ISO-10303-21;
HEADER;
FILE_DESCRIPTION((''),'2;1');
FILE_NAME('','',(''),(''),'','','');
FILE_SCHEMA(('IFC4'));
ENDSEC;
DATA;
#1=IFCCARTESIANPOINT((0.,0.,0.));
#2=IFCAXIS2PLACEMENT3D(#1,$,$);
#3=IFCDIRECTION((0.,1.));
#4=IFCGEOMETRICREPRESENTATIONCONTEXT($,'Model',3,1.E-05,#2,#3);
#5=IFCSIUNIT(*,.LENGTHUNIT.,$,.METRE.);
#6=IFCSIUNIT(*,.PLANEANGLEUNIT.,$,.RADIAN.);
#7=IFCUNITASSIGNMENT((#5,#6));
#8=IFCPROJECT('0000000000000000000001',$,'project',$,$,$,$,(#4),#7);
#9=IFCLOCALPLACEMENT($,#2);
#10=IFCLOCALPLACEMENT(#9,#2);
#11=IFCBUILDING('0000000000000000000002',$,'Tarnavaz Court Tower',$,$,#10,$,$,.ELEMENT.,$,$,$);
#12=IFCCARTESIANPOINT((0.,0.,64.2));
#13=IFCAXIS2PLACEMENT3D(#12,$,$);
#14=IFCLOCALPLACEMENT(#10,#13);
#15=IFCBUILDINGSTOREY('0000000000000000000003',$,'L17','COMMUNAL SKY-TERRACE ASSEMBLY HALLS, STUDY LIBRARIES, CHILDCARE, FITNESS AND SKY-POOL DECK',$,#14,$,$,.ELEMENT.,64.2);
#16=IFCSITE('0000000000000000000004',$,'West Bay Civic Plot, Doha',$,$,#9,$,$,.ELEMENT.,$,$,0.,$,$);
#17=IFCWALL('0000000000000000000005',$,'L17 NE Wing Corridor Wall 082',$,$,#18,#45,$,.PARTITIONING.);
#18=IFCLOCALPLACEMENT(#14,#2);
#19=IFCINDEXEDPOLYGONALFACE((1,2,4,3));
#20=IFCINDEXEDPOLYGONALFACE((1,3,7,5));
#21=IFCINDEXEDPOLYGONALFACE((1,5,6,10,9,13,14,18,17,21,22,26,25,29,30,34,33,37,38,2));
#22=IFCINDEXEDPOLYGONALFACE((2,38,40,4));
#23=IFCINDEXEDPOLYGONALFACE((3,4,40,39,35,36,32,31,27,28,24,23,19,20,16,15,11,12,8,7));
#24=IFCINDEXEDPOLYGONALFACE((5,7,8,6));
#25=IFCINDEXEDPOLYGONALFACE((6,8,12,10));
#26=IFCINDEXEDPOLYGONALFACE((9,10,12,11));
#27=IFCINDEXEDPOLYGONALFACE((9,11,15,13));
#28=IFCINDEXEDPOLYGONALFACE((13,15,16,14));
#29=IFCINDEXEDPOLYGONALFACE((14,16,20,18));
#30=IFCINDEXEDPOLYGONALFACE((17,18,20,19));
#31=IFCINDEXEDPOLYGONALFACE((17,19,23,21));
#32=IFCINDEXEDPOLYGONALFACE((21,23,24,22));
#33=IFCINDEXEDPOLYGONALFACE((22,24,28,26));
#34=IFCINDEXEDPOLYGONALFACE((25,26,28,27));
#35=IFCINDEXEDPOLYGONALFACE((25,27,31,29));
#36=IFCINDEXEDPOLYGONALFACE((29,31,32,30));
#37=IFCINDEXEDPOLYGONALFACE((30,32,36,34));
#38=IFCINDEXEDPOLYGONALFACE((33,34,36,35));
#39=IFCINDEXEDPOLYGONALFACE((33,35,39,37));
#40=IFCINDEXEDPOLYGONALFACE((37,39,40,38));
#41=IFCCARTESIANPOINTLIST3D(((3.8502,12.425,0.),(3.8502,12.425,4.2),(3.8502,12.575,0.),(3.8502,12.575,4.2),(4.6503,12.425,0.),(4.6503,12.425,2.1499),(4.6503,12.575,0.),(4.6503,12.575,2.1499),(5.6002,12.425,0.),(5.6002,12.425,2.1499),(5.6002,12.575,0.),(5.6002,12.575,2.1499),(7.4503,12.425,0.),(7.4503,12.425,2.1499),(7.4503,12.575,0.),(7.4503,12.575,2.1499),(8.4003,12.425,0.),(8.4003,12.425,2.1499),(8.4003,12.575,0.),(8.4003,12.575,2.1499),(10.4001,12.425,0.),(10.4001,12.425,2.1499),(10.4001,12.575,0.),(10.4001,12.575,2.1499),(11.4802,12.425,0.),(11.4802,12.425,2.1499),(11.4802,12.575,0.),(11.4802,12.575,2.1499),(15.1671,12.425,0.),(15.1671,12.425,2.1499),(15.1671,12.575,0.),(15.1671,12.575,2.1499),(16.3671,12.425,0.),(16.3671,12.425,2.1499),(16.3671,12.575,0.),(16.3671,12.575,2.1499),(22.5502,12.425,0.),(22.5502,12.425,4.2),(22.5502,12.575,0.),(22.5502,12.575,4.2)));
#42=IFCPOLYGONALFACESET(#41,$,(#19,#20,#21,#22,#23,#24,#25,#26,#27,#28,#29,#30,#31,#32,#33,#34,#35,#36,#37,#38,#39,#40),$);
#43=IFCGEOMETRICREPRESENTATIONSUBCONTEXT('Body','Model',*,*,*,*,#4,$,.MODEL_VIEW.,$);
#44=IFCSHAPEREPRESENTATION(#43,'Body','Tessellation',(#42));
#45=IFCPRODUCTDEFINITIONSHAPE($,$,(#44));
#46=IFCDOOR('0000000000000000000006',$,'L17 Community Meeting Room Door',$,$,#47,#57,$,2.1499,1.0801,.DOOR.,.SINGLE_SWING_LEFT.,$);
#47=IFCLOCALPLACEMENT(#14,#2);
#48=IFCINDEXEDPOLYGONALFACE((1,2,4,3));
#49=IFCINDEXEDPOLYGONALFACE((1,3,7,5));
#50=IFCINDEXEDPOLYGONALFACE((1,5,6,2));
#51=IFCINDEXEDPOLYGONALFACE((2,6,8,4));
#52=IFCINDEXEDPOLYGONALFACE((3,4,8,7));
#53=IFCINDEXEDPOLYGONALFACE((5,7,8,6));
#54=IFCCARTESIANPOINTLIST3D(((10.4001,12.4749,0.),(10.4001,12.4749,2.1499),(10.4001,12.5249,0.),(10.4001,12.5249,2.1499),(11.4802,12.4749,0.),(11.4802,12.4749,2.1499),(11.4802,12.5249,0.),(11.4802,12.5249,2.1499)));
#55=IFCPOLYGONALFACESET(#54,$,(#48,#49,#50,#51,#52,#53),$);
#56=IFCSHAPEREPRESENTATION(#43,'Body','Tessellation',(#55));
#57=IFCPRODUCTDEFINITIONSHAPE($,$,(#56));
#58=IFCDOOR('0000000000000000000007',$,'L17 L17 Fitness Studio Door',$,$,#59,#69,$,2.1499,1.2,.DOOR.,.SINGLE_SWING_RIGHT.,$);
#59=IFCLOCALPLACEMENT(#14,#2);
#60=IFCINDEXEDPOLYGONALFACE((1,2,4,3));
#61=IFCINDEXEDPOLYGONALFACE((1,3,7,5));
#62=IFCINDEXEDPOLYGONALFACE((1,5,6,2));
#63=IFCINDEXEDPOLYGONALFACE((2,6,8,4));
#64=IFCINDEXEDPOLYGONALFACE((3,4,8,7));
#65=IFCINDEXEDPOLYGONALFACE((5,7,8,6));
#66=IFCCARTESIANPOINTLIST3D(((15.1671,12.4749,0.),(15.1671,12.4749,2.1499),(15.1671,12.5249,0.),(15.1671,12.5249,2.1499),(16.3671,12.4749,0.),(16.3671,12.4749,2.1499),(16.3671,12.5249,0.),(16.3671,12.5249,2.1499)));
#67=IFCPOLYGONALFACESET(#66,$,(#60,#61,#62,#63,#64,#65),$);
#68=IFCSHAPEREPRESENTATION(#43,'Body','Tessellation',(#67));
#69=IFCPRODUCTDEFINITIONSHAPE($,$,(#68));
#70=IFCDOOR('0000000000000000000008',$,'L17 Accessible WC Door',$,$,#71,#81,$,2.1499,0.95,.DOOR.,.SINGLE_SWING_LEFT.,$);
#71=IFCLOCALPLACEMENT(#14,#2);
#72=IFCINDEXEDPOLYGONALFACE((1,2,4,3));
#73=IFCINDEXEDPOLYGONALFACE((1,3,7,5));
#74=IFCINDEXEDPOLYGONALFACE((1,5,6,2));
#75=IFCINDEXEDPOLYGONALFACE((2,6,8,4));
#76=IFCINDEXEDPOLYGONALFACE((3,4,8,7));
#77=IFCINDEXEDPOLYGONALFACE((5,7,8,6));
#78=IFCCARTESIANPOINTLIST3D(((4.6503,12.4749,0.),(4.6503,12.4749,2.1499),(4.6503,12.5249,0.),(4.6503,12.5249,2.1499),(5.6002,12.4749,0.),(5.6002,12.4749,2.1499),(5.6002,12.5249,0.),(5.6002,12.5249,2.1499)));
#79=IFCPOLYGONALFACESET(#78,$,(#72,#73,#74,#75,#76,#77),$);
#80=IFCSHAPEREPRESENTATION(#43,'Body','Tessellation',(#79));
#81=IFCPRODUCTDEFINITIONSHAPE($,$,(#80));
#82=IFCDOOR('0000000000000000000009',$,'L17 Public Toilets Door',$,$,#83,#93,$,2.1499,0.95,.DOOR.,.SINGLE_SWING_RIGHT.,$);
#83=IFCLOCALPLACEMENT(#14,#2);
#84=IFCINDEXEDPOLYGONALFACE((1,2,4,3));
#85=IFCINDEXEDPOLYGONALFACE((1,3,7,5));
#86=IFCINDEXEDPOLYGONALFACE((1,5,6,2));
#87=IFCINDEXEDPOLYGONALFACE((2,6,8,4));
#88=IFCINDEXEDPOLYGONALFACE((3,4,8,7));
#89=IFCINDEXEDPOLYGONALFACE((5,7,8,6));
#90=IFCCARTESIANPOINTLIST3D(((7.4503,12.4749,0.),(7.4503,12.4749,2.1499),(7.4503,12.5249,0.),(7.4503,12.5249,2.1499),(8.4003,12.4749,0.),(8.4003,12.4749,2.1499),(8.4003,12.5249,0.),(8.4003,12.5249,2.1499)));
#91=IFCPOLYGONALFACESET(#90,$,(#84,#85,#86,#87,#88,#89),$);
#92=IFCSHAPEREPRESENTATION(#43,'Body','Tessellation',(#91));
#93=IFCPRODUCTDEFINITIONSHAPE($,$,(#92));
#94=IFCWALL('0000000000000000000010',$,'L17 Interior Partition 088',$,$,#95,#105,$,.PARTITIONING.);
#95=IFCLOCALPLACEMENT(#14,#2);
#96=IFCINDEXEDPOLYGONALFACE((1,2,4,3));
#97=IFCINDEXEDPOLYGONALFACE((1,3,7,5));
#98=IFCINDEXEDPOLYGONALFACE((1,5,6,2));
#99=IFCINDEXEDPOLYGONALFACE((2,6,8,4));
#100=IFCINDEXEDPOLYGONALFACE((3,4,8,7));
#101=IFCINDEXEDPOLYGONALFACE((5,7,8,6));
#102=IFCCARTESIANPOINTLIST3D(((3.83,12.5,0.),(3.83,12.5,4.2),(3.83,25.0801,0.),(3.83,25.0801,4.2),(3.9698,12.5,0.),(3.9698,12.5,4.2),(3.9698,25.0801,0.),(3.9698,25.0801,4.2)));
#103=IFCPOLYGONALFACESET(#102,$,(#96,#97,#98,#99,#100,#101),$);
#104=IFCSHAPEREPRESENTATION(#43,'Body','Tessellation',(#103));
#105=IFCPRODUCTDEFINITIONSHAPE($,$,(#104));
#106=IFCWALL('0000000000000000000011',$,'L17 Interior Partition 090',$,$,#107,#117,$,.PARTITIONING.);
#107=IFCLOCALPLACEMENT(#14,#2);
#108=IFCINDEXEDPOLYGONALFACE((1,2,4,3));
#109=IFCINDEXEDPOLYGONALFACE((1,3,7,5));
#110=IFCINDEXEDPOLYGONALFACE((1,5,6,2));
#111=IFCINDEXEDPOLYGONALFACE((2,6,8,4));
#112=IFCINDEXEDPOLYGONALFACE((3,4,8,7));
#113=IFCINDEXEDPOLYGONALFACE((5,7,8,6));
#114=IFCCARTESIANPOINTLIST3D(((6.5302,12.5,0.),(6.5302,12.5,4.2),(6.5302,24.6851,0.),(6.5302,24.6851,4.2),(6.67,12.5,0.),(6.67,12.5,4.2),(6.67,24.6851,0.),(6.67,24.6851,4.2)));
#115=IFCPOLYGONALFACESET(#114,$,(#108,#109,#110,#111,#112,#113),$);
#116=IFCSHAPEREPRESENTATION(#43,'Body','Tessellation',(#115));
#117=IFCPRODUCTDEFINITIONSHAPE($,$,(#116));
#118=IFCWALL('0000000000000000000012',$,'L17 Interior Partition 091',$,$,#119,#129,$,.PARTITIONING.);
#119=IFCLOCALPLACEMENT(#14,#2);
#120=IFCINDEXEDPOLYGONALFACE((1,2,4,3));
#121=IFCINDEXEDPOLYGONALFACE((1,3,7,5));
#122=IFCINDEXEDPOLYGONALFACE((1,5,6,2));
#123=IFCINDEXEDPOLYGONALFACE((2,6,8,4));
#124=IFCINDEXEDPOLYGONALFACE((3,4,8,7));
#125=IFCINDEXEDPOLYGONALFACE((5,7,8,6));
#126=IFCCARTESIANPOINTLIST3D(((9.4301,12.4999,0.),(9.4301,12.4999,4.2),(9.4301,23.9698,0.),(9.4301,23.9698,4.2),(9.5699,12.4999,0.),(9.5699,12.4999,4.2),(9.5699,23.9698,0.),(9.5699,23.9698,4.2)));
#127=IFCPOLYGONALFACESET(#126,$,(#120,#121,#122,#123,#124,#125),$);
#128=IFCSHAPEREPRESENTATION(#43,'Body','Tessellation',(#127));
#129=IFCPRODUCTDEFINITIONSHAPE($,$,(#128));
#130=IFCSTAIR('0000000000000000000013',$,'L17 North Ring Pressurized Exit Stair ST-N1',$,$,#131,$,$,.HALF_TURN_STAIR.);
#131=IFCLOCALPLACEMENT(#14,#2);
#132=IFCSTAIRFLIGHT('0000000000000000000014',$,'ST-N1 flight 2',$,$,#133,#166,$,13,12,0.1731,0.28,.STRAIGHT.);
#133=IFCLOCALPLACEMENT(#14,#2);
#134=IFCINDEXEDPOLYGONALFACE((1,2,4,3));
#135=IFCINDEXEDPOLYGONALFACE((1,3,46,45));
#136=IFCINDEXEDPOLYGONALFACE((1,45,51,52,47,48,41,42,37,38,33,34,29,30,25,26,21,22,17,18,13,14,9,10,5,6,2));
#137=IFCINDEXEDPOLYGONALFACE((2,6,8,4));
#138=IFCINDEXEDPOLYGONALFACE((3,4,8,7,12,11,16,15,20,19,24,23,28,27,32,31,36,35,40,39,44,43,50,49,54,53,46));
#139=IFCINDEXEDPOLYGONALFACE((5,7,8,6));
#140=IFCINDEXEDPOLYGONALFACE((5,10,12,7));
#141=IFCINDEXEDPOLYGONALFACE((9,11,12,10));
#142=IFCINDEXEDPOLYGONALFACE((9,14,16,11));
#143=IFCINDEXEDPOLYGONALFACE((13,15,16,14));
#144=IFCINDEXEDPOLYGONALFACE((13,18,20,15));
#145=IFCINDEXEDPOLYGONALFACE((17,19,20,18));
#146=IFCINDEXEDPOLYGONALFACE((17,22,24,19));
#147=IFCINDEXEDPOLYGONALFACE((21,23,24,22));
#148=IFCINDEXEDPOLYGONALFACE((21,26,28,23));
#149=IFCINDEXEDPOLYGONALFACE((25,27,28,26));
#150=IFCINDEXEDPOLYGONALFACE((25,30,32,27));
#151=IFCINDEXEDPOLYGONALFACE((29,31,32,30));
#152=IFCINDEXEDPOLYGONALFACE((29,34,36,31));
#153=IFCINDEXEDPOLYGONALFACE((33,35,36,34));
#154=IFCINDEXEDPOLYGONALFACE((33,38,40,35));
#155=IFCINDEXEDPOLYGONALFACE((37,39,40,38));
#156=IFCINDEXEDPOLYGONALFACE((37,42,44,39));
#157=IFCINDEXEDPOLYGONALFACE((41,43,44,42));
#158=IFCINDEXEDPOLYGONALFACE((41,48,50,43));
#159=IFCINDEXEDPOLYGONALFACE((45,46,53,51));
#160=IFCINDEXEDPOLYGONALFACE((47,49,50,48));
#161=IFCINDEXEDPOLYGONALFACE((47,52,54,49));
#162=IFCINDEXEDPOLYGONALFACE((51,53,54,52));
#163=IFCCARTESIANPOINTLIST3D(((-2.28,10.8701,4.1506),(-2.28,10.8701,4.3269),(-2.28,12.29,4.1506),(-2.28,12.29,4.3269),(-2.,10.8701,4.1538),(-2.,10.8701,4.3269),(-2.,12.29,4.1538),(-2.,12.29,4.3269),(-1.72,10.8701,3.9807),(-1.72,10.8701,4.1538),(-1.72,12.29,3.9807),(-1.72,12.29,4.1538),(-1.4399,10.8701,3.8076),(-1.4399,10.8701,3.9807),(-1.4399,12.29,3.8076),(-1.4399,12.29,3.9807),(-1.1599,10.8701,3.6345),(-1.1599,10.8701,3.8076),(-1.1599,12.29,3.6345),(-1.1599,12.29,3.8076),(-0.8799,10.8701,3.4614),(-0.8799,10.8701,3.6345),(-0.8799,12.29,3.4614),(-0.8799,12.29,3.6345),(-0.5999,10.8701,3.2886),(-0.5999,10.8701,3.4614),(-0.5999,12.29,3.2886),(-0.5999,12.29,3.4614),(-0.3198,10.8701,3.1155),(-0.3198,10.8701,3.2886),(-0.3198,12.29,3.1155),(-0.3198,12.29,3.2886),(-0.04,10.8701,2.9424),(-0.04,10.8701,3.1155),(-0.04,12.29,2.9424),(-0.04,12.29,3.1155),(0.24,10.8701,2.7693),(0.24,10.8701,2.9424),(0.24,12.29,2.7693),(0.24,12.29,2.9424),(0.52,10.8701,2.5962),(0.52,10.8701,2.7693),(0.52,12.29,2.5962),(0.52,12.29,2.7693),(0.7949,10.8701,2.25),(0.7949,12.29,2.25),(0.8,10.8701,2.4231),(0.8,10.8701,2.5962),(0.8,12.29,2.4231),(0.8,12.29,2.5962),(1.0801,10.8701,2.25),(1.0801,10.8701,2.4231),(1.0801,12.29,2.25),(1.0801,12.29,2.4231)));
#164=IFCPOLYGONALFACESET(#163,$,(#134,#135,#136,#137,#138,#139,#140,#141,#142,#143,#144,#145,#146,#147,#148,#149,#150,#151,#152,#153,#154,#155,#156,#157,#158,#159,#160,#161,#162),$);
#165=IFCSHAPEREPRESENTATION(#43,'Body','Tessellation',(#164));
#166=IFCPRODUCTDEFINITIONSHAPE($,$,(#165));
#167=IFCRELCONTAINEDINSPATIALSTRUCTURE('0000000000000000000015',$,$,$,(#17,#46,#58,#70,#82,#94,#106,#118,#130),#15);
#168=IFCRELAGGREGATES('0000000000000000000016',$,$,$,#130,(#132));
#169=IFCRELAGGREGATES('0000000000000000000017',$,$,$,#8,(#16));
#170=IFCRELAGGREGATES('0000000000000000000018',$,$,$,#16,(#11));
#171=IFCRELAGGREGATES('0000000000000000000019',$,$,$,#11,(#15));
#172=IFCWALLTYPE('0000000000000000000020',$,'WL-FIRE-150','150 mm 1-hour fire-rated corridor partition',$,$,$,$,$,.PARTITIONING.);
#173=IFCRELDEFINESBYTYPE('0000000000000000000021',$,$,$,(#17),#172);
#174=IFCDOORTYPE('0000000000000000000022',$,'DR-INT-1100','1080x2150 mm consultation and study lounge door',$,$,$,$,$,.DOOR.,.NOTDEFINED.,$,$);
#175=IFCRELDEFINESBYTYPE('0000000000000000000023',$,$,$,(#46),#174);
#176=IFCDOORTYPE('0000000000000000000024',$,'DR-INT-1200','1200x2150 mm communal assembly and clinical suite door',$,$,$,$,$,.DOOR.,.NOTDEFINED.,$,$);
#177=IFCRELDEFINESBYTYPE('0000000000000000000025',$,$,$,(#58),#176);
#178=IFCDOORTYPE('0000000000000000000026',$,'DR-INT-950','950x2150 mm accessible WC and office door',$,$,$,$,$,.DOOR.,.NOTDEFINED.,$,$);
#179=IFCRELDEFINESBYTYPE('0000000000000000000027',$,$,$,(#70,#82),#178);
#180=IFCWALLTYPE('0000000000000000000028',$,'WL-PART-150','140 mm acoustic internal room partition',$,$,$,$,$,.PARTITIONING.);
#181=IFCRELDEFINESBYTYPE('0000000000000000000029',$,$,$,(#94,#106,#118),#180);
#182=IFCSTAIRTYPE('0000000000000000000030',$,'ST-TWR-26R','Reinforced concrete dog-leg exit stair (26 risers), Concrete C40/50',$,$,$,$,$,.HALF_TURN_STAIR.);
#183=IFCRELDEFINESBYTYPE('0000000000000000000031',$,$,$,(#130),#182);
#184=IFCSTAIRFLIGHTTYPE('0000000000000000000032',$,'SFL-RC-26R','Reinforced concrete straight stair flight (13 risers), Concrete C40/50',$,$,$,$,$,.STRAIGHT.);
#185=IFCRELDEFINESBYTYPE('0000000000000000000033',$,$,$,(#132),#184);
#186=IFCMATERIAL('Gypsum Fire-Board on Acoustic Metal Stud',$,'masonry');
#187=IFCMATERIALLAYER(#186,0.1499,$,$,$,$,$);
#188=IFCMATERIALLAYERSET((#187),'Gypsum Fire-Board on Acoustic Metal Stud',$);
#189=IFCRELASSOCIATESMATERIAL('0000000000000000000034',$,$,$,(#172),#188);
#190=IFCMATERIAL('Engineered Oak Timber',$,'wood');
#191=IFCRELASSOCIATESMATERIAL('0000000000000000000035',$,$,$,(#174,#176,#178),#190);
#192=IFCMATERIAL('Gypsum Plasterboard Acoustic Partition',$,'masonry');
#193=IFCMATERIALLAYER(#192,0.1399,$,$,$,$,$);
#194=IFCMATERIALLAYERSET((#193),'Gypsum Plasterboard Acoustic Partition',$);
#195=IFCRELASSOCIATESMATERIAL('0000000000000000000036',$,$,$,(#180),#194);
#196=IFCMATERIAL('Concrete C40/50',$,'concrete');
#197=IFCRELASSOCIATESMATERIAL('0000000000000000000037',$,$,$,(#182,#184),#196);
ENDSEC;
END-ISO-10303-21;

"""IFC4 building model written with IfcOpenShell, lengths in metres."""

from ifc_helpers import new_model, si_unit, direction, frame, frame_2d, origin, place, context, subcontext, project, spatial, polyline, rectangle, outline, extrude, material, layer, layer_set, type_object, element, fill, aggregate, save


model = new_model("IFC4")

# Units and contexts
model_context = context("Model", 3, precision=1e-05, world=origin(), true_north=direction((0.0, 1.0)))
body_context = subcontext(model_context, "Body", "Model", "MODEL_VIEW")
ifc_project = project(units=[si_unit("LENGTHUNIT", "METRE"), si_unit("PLANEANGLEUNIT", "RADIAN")], contexts=[model_context])

# Site, building, storey
site_placement = place(None, origin())
site = spatial("IfcSite", under=ifc_project, at=site_placement, Name="West Bay Civic Plot, Doha", CompositionType="ELEMENT", RefElevation=0.0)
building_placement = place(site_placement, origin())
building = spatial("IfcBuilding", under=site, at=building_placement, Name="Tarnavaz Court Tower", CompositionType="ELEMENT")
storey_placement = place(building_placement, frame((0.0, 0.0, 64.2)))
storey = spatial("IfcBuildingStorey", under=building, at=storey_placement, Name="L17", Description="COMMUNAL SKY-TERRACE ASSEMBLY HALLS, STUDY LIBRARIES, CHILDCARE, FITNESS AND SKY-POOL DECK", CompositionType="ELEMENT", Elevation=64.2)

# Wall, openings, doors
ifc_material_1 = material(Name="Gypsum Fire-Board on Acoustic Metal Stud", Category="masonry")
ifc_layer_1 = layer(ifc_material_1, 0.1499)
ifc_layer_set_1 = layer_set([ifc_layer_1], Name="Gypsum Fire-Board on Acoustic Metal Stud")
wall_type_1 = type_object("IfcWallType", Name="WL-FIRE-150", Description="150 mm 1-hour fire-rated corridor partition", PredefinedType="PARTITIONING", material=ifc_layer_set_1)
wall_1_placement = place(storey_placement, frame((3.8501, 12.5, 0.0), z_axis=(0.0, 0.0, 1.0), x_axis=(1.0, 0.0, 0.0)))
wall_1 = element("IfcWall", 1, at=wall_1_placement, inside=storey, type_object=wall_type_1, Name="L17 NE Wing Corridor Wall 082", PredefinedType="PARTITIONING", context=body_context, shape_type="SweptSolid", body=[
    extrude(rectangle(XDim=18.7, YDim=0.1499, at=frame_2d((9.3501, 0.0))), origin(), (0.0, 0.0, 1.0), 4.2),
])
opening_1_placement = place(wall_1_placement, frame((0.8, 0.0, 0.0)))
opening_1 = element("IfcOpeningElement", 2, at=opening_1_placement, cuts=wall_1, PredefinedType="OPENING", context=body_context, shape_type="SweptSolid", body=[
    extrude(rectangle(XDim=0.95, YDim=2.1499, at=frame_2d((0.4751, 1.075))), frame((0.0, 0.085, 0.0), z_axis=(0.0, -1.0, 0.0), x_axis=(1.0, 0.0, 0.0)), (0.0, 0.0, 1.0), 0.1699),
])
opening_2_placement = place(wall_1_placement, frame((3.6001, 0.0, 0.0)))
opening_2 = element("IfcOpeningElement", 3, at=opening_2_placement, cuts=wall_1, PredefinedType="OPENING", context=body_context, shape_type="SweptSolid", body=[
    extrude(rectangle(XDim=0.95, YDim=2.1499, at=frame_2d((0.4751, 1.075))), frame((0.0, 0.085, 0.0), z_axis=(0.0, -1.0, 0.0), x_axis=(1.0, 0.0, 0.0)), (0.0, 0.0, 1.0), 0.1699),
])
opening_3_placement = place(wall_1_placement, frame((6.55, 0.0, 0.0)))
opening_3 = element("IfcOpeningElement", 4, at=opening_3_placement, cuts=wall_1, PredefinedType="OPENING", context=body_context, shape_type="SweptSolid", body=[
    extrude(rectangle(XDim=1.0801, YDim=2.1499, at=frame_2d((0.54, 1.075))), frame((0.0, 0.085, 0.0), z_axis=(0.0, -1.0, 0.0), x_axis=(1.0, 0.0, 0.0)), (0.0, 0.0, 1.0), 0.1699),
])
opening_4_placement = place(wall_1_placement, frame((11.3169, 0.0, 0.0)))
opening_4 = element("IfcOpeningElement", 5, at=opening_4_placement, cuts=wall_1, PredefinedType="OPENING", context=body_context, shape_type="SweptSolid", body=[
    extrude(rectangle(XDim=1.2, YDim=2.1499, at=frame_2d((0.6001, 1.075))), frame((0.0, 0.085, 0.0), z_axis=(0.0, -1.0, 0.0), x_axis=(1.0, 0.0, 0.0)), (0.0, 0.0, 1.0), 0.1699),
])
ifc_material_2 = material(Name="Engineered Oak Timber", Category="wood")
door_type_1 = type_object("IfcDoorType", Name="DR-INT-1100", Description="1080x2150 mm consultation and study lounge door", OperationType="NOTDEFINED", PredefinedType="DOOR", material=ifc_material_2)
door_1_placement = place(opening_3_placement, origin())
door_1 = element("IfcDoor", 6, at=door_1_placement, inside=storey, type_object=door_type_1, Name="L17 Community Meeting Room Door", OperationType="SINGLE_SWING_LEFT", OverallHeight=2.1499, OverallWidth=1.0801, PredefinedType="DOOR", context=body_context, shape_type="SweptSolid", body=[
    extrude(rectangle(XDim=1.0801, YDim=2.1499, at=frame_2d((0.54, 1.075))), frame((0.0, 0.0249, 0.0), z_axis=(0.0, -1.0, 0.0), x_axis=(1.0, 0.0, 0.0)), (0.0, 0.0, 1.0), 0.05),
])
fill(opening_3, door_1)
door_type_2 = type_object("IfcDoorType", Name="DR-INT-1200", Description="1200x2150 mm communal assembly and clinical suite door", OperationType="NOTDEFINED", PredefinedType="DOOR", material=ifc_material_2)
door_2_placement = place(opening_4_placement, origin())
door_2 = element("IfcDoor", 7, at=door_2_placement, inside=storey, type_object=door_type_2, Name="L17 L17 Fitness Studio Door", OperationType="SINGLE_SWING_RIGHT", OverallHeight=2.1499, OverallWidth=1.2, PredefinedType="DOOR", context=body_context, shape_type="SweptSolid", body=[
    extrude(rectangle(XDim=1.2, YDim=2.1499, at=frame_2d((0.6001, 1.075))), frame((0.0, 0.0249, 0.0), z_axis=(0.0, -1.0, 0.0), x_axis=(1.0, 0.0, 0.0)), (0.0, 0.0, 1.0), 0.05),
])
fill(opening_4, door_2)
door_type_3 = type_object("IfcDoorType", Name="DR-INT-950", Description="950x2150 mm accessible WC and office door", OperationType="NOTDEFINED", PredefinedType="DOOR", material=ifc_material_2)
door_3_placement = place(opening_1_placement, origin())
door_3 = element("IfcDoor", 8, at=door_3_placement, inside=storey, type_object=door_type_3, Name="L17 Accessible WC Door", OperationType="SINGLE_SWING_LEFT", OverallHeight=2.1499, OverallWidth=0.95, PredefinedType="DOOR", context=body_context, shape_type="SweptSolid", body=[
    extrude(rectangle(XDim=0.95, YDim=2.1499, at=frame_2d((0.4751, 1.075))), frame((0.0, 0.0249, 0.0), z_axis=(0.0, -1.0, 0.0), x_axis=(1.0, 0.0, 0.0)), (0.0, 0.0, 1.0), 0.05),
])
fill(opening_1, door_3)
door_4_placement = place(opening_2_placement, origin())
door_4 = element("IfcDoor", 9, at=door_4_placement, inside=storey, type_object=door_type_3, Name="L17 Public Toilets Door", OperationType="SINGLE_SWING_RIGHT", OverallHeight=2.1499, OverallWidth=0.95, PredefinedType="DOOR", context=body_context, shape_type="SweptSolid", body=[
    extrude(rectangle(XDim=0.95, YDim=2.1499, at=frame_2d((0.4751, 1.075))), frame((0.0, 0.0249, 0.0), z_axis=(0.0, -1.0, 0.0), x_axis=(1.0, 0.0, 0.0)), (0.0, 0.0, 1.0), 0.05),
])
fill(opening_2, door_4)

# Walls
ifc_material_3 = material(Name="Gypsum Plasterboard Acoustic Partition", Category="masonry")
ifc_layer_2 = layer(ifc_material_3, 0.1399)
ifc_layer_set_2 = layer_set([ifc_layer_2], Name="Gypsum Plasterboard Acoustic Partition")
wall_type_2 = type_object("IfcWallType", Name="WL-PART-150", Description="140 mm acoustic internal room partition", PredefinedType="PARTITIONING", material=ifc_layer_set_2)
wall_2_placement = place(storey_placement, frame((3.8999, 12.5, 0.0), z_axis=(0.0, 0.0, 1.0), x_axis=(0.0, 1.0, 0.0)))
element("IfcWall", 10, at=wall_2_placement, inside=storey, type_object=wall_type_2, Name="L17 Interior Partition 088", PredefinedType="PARTITIONING", context=body_context, shape_type="SweptSolid", body=[
    extrude(rectangle(XDim=12.5801, YDim=0.1399, at=frame_2d((6.29, 0.0))), origin(), (0.0, 0.0, 1.0), 4.2),
])
wall_3_placement = place(storey_placement, frame((6.6001, 12.5, 0.0), z_axis=(0.0, 0.0, 1.0), x_axis=(0.0, 1.0, 0.0)))
element("IfcWall", 11, at=wall_3_placement, inside=storey, type_object=wall_type_2, Name="L17 Interior Partition 090", PredefinedType="PARTITIONING", context=body_context, shape_type="SweptSolid", body=[
    extrude(rectangle(XDim=12.1851, YDim=0.1399, at=frame_2d((6.0925, 0.0))), origin(), (0.0, 0.0, 1.0), 4.2),
])
wall_4_placement = place(storey_placement, frame((9.5, 12.5, 0.0), z_axis=(0.0, 0.0, 1.0), x_axis=(0.0, 1.0, 0.0)))
element("IfcWall", 12, at=wall_4_placement, inside=storey, type_object=wall_type_2, Name="L17 Interior Partition 091", PredefinedType="PARTITIONING", context=body_context, shape_type="SweptSolid", body=[
    extrude(rectangle(XDim=11.47, YDim=0.1399, at=frame_2d((5.7349, 0.0))), origin(), (0.0, 0.0, 1.0), 4.2),
])

# Stair, stair flight
ifc_material_4 = material(Name="Concrete C40/50", Category="concrete")
stair_type = type_object("IfcStairType", Name="ST-TWR-26R", Description="Reinforced concrete dog-leg exit stair (26 risers), Concrete C40/50", PredefinedType="HALF_TURN_STAIR", material=ifc_material_4)
stair_placement = place(storey_placement, origin())
stair = element("IfcStair", 13, at=stair_placement, inside=storey, type_object=stair_type, Name="L17 North Ring Pressurized Exit Stair ST-N1", PredefinedType="HALF_TURN_STAIR")
stair_flight_type = type_object("IfcStairFlightType", Name="SFL-RC-26R", Description="Reinforced concrete straight stair flight (13 risers), Concrete C40/50", PredefinedType="STRAIGHT", material=ifc_material_4)
stair_flight_placement = place(storey_placement, frame((1.0801, 11.5801, 2.25), z_axis=(0.0, 0.0, 1.0), x_axis=(-1.0, 0.0, 0.0)))
stair_flight = element("IfcStairFlight", 14, at=stair_flight_placement, type_object=stair_flight_type, Name="ST-N1 flight 2", NumberOfRisers=13, NumberOfTreads=12, PredefinedType="STRAIGHT", RiserHeight=0.1731, TreadLength=0.28, context=body_context, shape_type="SweptSolid", body=[
    extrude(outline(polyline([(0.0, 0.0), (0.0, 0.1731), (0.28, 0.1731), (0.28, 0.3462), (0.5601, 0.3462), (0.5601, 0.5193), (0.8401, 0.5193), (0.8401, 0.6924), (1.1201, 0.6924), (1.1201, 0.8655), (1.3999, 0.8655), (1.3999, 1.0386), (1.6799, 1.0386), (1.6799, 1.2114), (1.96, 1.2114), (1.96, 1.3845), (2.24, 1.3845), (2.24, 1.5576), (2.52, 1.5576), (2.52, 1.7307), (2.8, 1.7307), (2.8, 1.9038), (3.0801, 1.9038), (3.0801, 2.0769), (3.3601, 2.0769), (3.3601, 2.25), (3.3601, 1.9006), (0.2852, 0.0), (0.0, 0.0)])), frame((0.0, 0.71, 0.0), z_axis=(0.0, -1.0, 0.0), x_axis=(1.0, 0.0, 0.0)), (0.0, 0.0, 1.0), 1.4199),
])
aggregate(stair, [stair_flight])

save(model, "model.ifc")
